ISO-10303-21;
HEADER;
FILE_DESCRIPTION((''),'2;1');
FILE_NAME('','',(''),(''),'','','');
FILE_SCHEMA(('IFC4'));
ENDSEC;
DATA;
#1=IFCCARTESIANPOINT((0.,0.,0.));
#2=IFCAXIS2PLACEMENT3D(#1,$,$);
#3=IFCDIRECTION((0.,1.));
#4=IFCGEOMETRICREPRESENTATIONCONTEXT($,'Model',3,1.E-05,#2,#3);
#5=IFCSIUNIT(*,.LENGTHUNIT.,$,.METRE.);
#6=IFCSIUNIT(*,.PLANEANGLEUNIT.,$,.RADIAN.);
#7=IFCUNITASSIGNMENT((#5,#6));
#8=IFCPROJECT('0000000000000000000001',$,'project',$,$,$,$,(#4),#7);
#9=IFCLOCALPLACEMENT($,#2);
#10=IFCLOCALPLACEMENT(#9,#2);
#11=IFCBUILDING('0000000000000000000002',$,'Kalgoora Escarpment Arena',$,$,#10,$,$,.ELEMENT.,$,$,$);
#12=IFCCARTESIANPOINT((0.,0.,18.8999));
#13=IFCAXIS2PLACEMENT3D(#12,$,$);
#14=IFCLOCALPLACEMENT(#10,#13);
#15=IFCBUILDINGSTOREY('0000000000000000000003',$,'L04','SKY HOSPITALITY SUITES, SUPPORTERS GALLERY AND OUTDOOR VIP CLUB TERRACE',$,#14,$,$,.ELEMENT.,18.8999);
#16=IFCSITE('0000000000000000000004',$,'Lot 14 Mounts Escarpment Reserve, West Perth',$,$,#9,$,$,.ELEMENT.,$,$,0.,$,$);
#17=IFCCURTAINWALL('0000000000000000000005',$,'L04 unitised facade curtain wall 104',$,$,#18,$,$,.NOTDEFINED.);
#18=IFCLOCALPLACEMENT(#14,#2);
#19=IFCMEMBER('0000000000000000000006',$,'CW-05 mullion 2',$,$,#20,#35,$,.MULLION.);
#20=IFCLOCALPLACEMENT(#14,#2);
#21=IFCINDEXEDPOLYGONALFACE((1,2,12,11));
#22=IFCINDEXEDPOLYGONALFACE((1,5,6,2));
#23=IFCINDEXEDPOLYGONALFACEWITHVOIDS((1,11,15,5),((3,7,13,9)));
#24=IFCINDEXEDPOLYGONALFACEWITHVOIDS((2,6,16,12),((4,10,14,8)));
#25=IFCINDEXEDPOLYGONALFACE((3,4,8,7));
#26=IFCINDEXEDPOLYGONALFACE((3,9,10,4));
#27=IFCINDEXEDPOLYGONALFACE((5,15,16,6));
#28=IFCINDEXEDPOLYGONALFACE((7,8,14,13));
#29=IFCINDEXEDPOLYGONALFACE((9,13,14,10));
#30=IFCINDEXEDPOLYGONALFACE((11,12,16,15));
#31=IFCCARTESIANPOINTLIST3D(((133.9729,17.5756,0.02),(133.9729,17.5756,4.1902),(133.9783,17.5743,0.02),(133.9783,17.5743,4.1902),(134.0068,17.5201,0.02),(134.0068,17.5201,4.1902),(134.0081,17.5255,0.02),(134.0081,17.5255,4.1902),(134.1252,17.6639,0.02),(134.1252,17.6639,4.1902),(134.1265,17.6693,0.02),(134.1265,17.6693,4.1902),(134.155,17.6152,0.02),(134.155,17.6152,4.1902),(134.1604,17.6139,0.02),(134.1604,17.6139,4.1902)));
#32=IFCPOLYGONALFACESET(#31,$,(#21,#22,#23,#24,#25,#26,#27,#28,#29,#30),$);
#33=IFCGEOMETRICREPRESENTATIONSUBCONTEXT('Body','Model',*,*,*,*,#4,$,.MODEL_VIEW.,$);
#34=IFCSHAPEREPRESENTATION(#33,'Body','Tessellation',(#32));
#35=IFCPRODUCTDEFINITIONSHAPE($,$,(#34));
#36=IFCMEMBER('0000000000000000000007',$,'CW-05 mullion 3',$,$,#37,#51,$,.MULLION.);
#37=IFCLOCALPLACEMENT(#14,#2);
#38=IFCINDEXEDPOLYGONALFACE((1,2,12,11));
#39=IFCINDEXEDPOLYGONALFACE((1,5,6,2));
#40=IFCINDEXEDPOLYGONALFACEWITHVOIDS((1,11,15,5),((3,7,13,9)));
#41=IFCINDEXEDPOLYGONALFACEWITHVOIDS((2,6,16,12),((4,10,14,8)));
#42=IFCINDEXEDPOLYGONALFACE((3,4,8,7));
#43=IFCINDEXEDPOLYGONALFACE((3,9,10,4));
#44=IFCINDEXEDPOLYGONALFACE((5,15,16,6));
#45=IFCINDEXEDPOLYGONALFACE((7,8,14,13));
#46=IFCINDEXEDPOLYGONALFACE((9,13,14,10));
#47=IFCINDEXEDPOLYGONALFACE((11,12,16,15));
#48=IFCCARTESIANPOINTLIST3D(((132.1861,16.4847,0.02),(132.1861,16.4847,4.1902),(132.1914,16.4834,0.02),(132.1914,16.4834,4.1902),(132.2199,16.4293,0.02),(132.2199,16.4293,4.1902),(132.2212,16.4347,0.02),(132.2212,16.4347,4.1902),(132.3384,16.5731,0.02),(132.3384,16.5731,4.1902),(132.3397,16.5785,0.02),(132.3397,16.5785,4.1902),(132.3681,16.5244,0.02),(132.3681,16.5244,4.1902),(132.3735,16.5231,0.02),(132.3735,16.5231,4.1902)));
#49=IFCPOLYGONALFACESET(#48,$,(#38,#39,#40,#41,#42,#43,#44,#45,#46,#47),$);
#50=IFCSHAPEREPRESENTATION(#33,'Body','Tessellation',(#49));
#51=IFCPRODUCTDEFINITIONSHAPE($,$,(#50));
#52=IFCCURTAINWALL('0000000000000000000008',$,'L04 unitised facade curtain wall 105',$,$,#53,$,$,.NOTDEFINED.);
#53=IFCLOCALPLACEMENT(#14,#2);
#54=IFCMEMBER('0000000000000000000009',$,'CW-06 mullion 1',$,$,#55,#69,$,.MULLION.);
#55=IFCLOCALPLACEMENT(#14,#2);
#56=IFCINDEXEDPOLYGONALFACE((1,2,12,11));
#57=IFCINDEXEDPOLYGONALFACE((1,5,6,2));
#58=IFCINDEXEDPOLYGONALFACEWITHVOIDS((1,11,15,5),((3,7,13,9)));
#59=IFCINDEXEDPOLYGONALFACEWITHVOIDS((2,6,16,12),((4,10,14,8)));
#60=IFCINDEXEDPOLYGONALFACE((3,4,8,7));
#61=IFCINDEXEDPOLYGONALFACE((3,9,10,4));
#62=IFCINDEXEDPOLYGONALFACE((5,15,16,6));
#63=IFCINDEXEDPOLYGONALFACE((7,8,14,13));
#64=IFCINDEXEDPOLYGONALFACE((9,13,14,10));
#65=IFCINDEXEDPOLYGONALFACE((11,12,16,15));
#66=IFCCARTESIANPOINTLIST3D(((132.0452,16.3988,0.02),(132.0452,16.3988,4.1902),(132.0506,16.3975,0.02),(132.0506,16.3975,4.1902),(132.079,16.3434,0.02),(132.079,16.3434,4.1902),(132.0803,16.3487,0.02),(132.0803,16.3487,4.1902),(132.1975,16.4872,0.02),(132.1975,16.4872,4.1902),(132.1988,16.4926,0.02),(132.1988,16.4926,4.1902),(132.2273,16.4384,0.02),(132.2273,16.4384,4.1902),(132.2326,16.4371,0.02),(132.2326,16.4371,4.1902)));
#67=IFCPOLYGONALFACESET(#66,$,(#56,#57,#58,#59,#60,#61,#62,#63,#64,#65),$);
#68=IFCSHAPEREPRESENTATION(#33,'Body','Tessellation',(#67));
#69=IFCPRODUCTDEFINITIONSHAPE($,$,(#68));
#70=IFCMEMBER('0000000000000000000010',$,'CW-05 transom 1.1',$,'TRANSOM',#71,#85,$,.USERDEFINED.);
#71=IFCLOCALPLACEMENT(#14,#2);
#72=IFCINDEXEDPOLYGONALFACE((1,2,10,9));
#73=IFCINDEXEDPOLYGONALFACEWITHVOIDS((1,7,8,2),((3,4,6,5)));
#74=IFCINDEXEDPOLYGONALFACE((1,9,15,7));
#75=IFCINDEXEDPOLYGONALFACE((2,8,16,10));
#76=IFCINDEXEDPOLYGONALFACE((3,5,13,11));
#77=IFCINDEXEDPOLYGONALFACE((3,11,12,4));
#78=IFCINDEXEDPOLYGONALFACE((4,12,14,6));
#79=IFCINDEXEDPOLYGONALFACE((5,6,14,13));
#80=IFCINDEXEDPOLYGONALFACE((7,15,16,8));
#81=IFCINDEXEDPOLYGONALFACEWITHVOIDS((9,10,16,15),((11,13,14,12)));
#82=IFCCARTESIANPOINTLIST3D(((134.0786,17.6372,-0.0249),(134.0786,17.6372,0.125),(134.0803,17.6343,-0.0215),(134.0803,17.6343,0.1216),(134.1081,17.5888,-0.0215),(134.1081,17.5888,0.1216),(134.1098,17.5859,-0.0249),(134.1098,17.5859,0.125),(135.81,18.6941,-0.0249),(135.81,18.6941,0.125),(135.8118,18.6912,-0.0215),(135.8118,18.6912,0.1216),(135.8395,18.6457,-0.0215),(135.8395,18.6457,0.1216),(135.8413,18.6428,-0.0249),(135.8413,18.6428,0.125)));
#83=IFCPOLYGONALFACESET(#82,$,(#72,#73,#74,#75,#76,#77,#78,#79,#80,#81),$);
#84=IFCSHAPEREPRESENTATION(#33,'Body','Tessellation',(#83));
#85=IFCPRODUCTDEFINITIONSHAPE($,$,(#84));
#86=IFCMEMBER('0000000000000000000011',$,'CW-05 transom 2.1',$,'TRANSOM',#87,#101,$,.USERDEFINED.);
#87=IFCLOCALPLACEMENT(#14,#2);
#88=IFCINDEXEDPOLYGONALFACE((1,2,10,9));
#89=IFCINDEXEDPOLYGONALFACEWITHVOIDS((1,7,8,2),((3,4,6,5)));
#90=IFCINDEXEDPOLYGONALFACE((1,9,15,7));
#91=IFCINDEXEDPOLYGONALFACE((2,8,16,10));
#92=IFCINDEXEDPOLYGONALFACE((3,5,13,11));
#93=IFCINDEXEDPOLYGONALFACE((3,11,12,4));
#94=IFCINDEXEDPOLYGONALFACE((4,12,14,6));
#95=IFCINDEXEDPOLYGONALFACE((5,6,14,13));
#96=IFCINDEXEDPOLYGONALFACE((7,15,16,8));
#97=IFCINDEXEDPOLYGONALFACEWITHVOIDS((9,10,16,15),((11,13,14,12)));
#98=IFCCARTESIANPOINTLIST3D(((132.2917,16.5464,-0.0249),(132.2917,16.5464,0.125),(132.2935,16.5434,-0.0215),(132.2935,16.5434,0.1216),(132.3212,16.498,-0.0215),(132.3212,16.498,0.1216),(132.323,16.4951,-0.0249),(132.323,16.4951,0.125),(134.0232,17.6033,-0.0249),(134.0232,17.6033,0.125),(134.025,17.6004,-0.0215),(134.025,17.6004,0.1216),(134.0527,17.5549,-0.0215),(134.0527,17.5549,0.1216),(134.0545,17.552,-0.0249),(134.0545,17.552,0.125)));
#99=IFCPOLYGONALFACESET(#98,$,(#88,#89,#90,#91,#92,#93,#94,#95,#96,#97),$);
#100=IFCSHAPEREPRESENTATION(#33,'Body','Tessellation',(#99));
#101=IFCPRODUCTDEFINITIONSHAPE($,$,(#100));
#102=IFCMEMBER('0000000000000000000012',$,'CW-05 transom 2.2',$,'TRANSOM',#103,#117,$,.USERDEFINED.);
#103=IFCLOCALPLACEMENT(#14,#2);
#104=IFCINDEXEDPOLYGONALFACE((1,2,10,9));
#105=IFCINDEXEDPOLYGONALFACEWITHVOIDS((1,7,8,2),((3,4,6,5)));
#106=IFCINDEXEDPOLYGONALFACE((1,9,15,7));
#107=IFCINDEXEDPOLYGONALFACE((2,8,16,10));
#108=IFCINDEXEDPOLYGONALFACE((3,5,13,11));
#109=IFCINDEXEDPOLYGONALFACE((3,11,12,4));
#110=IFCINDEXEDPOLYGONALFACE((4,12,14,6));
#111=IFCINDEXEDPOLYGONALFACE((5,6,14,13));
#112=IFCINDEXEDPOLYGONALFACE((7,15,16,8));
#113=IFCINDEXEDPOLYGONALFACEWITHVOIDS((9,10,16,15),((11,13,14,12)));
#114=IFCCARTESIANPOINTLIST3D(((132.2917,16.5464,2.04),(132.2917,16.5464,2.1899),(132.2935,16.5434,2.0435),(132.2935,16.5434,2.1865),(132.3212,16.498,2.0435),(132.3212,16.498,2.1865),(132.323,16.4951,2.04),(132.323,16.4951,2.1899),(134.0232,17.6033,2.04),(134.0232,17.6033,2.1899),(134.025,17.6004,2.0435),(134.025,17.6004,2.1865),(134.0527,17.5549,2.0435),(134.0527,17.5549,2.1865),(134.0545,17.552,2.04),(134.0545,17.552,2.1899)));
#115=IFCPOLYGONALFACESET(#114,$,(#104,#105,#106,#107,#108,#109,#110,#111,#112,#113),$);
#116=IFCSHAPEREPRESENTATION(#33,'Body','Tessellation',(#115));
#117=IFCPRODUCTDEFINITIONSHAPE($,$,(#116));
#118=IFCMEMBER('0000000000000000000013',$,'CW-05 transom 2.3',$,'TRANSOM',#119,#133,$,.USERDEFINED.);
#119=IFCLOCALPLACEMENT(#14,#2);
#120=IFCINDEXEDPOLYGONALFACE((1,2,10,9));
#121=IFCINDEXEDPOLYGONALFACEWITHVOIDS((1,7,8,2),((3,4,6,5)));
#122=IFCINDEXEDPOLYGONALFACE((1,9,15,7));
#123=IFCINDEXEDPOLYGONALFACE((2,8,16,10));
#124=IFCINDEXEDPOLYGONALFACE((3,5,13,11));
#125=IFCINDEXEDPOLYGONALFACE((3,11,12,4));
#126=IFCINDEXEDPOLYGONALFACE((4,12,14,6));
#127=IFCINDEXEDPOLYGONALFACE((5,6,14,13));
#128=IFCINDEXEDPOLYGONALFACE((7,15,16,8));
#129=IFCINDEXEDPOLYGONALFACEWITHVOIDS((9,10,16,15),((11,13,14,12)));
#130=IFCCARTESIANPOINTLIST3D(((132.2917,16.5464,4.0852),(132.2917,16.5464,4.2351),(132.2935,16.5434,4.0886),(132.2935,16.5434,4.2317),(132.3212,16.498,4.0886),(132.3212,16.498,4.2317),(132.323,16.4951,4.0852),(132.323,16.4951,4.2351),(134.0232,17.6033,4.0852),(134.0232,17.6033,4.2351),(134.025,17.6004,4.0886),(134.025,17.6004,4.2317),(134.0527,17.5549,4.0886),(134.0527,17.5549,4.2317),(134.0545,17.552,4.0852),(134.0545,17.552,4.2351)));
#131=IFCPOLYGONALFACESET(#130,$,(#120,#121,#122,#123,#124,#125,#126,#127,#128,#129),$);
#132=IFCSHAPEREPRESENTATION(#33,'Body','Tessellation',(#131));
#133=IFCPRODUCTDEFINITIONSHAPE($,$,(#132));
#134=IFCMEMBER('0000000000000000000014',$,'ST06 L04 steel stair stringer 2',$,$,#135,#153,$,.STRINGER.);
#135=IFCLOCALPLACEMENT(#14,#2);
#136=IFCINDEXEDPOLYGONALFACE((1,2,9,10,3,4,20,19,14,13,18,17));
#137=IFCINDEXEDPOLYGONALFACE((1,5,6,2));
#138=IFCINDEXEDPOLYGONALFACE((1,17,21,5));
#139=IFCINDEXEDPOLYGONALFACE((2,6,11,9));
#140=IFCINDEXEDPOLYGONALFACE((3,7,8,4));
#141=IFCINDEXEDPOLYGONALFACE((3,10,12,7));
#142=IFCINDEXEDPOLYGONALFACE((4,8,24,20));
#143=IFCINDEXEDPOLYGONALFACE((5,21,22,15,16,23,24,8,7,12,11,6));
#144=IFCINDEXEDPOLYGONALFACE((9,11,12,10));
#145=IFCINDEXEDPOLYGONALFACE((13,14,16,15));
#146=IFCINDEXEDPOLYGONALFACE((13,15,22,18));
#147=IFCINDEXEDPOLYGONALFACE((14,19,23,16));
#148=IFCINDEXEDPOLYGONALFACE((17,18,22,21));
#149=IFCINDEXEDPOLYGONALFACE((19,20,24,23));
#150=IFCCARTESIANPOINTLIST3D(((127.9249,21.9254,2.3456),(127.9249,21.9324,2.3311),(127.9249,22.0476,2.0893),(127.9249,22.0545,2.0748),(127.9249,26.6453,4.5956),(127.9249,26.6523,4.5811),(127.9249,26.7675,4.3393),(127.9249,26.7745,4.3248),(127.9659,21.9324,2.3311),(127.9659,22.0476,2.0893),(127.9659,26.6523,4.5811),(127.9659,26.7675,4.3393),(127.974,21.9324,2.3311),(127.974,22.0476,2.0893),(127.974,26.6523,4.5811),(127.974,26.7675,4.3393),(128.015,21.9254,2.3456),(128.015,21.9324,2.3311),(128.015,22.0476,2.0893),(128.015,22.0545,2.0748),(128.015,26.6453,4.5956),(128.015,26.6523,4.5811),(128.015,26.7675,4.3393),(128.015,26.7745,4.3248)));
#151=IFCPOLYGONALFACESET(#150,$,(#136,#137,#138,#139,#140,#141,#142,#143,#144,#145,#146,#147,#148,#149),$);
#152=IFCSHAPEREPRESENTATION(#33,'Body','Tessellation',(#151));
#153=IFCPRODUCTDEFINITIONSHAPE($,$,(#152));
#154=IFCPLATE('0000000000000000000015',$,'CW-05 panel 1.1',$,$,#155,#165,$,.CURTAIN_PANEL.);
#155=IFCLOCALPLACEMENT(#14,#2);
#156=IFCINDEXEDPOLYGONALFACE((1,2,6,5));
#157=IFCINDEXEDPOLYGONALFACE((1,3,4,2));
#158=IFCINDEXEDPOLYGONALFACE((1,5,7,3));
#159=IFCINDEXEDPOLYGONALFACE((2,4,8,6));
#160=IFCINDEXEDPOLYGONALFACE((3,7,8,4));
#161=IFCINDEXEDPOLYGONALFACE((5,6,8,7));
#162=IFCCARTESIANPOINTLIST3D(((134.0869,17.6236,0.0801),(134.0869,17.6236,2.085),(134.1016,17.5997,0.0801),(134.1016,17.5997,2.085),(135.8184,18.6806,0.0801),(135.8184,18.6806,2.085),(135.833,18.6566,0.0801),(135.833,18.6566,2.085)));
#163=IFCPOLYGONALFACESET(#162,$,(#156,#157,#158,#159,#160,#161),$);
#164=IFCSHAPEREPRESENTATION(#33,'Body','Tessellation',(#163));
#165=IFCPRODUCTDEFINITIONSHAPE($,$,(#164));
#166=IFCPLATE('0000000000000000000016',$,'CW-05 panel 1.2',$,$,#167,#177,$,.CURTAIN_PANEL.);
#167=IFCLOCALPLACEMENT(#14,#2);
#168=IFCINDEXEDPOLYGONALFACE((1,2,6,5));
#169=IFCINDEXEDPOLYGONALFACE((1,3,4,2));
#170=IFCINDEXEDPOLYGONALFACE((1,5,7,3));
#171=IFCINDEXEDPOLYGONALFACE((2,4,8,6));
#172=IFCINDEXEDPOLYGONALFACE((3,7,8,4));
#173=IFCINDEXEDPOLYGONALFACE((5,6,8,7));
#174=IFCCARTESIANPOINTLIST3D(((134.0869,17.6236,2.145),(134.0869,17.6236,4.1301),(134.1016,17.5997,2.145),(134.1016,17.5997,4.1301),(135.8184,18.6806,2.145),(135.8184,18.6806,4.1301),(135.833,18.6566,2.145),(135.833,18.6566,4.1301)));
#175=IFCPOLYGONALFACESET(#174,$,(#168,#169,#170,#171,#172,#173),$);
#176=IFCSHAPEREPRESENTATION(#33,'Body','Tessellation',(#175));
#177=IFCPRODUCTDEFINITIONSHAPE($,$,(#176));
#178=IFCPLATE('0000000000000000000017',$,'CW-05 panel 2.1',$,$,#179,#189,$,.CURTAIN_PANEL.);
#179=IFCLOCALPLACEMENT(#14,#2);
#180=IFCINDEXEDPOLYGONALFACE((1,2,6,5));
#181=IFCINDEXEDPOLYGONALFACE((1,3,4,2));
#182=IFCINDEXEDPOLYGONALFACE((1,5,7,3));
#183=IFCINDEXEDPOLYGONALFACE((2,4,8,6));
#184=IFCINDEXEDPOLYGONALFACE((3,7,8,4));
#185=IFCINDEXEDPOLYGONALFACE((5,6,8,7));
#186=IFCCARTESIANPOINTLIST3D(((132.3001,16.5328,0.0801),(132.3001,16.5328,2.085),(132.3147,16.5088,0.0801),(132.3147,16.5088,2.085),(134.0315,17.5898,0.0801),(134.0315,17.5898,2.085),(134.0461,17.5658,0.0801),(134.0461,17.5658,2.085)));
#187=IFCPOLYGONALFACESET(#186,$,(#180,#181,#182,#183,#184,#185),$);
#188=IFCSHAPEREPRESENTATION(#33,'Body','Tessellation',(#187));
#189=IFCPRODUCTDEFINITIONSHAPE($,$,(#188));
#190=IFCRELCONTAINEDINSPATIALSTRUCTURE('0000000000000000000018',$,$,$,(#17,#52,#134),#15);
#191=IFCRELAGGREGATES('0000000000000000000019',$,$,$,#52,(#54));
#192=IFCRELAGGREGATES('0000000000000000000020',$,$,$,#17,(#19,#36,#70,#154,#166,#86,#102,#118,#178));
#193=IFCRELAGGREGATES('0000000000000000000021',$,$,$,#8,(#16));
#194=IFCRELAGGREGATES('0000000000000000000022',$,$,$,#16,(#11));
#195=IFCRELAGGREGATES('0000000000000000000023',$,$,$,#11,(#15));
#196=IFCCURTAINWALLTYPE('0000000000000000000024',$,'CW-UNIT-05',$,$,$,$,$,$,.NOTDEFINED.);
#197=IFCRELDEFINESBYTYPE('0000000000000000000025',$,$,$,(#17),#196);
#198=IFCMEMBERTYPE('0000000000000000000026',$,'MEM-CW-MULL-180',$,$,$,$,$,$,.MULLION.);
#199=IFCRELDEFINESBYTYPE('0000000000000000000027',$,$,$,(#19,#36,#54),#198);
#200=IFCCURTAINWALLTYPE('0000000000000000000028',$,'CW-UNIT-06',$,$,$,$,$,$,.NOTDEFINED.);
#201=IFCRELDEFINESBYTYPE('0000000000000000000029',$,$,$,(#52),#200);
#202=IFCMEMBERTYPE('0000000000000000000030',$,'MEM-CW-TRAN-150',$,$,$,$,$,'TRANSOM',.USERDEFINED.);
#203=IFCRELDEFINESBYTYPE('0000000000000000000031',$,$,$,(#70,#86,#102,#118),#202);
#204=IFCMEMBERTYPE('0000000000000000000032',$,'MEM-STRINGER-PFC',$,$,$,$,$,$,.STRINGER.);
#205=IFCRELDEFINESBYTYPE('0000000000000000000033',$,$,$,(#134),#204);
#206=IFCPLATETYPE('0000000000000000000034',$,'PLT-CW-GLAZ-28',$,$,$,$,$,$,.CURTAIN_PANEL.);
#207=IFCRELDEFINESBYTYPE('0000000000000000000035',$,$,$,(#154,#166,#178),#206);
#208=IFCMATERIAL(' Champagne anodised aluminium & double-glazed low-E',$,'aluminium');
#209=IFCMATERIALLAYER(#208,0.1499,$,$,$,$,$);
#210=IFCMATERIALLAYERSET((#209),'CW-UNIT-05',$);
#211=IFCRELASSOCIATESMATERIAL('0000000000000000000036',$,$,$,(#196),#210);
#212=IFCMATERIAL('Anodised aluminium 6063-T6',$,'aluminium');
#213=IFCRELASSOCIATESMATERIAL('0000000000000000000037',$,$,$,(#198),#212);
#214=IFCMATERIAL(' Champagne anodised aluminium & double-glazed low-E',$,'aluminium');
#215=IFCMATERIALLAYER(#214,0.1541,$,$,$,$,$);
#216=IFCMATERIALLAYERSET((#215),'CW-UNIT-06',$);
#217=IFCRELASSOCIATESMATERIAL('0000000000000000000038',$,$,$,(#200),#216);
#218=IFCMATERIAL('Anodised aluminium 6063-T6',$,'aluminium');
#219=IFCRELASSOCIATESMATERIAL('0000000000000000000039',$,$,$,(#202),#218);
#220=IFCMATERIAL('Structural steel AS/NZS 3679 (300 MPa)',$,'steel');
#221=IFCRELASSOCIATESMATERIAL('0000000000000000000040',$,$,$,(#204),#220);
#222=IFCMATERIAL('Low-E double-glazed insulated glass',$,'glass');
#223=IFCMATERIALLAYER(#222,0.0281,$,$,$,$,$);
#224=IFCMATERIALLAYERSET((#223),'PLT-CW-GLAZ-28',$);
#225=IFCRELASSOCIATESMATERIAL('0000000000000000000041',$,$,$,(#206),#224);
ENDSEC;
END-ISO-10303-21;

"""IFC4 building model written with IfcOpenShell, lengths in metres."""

from ifc_helpers import new_model, si_unit, direction, frame, origin, origin_2d, place, context, subcontext, project, spatial, rectangle, hollow_rectangle, i_section, extrude, material, layer, layer_set, material_profile, profile_set, type_object, element, aggregate, save


model = new_model("IFC4")

# Units and contexts
model_context = context("Model", 3, precision=1e-05, world=origin(), true_north=direction((0.0, 1.0)))
body_context = subcontext(model_context, "Body", "Model", "MODEL_VIEW")
ifc_project = project(units=[si_unit("LENGTHUNIT", "METRE"), si_unit("PLANEANGLEUNIT", "RADIAN")], contexts=[model_context])

# Site, building, storey
site_placement = place(None, origin())
site = spatial("IfcSite", under=ifc_project, at=site_placement, Name="Lot 14 Mounts Escarpment Reserve, West Perth", CompositionType="ELEMENT", RefElevation=0.0)
building_placement = place(site_placement, origin())
building = spatial("IfcBuilding", under=site, at=building_placement, Name="Kalgoora Escarpment Arena", CompositionType="ELEMENT")
storey_placement = place(building_placement, frame((0.0, 0.0, 18.8999)))
storey = spatial("IfcBuildingStorey", under=building, at=storey_placement, Name="L04", Description="SKY HOSPITALITY SUITES, SUPPORTERS GALLERY AND OUTDOOR VIP CLUB TERRACE", CompositionType="ELEMENT", Elevation=18.8999)

# Curtain wall, members
ifc_material_1 = material(Name=" Champagne anodised aluminium & double-glazed low-E", Category="aluminium")
ifc_layer_1 = layer(ifc_material_1, 0.1499)
ifc_layer_set_1 = layer_set([ifc_layer_1], Name="CW-UNIT-05")
curtain_wall_type_1 = type_object("IfcCurtainWallType", Name="CW-UNIT-05", PredefinedType="NOTDEFINED", material=ifc_layer_set_1)
curtain_wall_1_placement = place(storey_placement, origin())
curtain_wall_1 = element("IfcCurtainWall", 1, at=curtain_wall_1_placement, inside=storey, type_object=curtain_wall_type_1, Name="L04 unitised facade curtain wall 104", PredefinedType="NOTDEFINED")
ifc_material_2 = material(Name="Anodised aluminium 6063-T6", Category="aluminium")
ifc_material_profile_1 = material_profile(ifc_material_2, hollow_rectangle(XDim=0.0649, YDim=0.1799, WallThickness=0.0039, at=origin_2d()))
ifc_profile_set_1 = profile_set([ifc_material_profile_1], Name="Anodised aluminium 6063-T6")
member_type_1 = type_object("IfcMemberType", Name="MEM-CW-MULL-180", PredefinedType="MULLION", material=ifc_profile_set_1)
member_1_placement = place(storey_placement, frame((134.0667, 17.5947, 0.02), z_axis=(0.0, 0.0, 1.0), x_axis=(0.521049, -0.853527, 0.0)))
member_1 = element("IfcMember", 2, at=member_1_placement, type_object=member_type_1, Name="CW-05 mullion 2", PredefinedType="MULLION", context=body_context, shape_type="SweptSolid", body=[
    extrude(hollow_rectangle(XDim=0.0649, YDim=0.1799, WallThickness=0.0039, at=origin_2d()), origin(), (0.0, 0.0, 1.0), 4.1702),
])
member_2_placement = place(storey_placement, frame((132.2798, 16.5039, 0.02), z_axis=(0.0, 0.0, 1.0), x_axis=(0.521049, -0.853527, 0.0)))
member_2 = element("IfcMember", 3, at=member_2_placement, type_object=member_type_1, Name="CW-05 mullion 3", PredefinedType="MULLION", context=body_context, shape_type="SweptSolid", body=[
    extrude(hollow_rectangle(XDim=0.0649, YDim=0.1799, WallThickness=0.0039, at=origin_2d()), origin(), (0.0, 0.0, 1.0), 4.1702),
])

# Curtain wall, member
ifc_material_3 = material(Name=" Champagne anodised aluminium & double-glazed low-E", Category="aluminium")
ifc_layer_2 = layer(ifc_material_3, 0.1541)
ifc_layer_set_2 = layer_set([ifc_layer_2], Name="CW-UNIT-06")
curtain_wall_type_2 = type_object("IfcCurtainWallType", Name="CW-UNIT-06", PredefinedType="NOTDEFINED", material=ifc_layer_set_2)
curtain_wall_2_placement = place(storey_placement, origin())
curtain_wall_2 = element("IfcCurtainWall", 4, at=curtain_wall_2_placement, inside=storey, type_object=curtain_wall_type_2, Name="L04 unitised facade curtain wall 105", PredefinedType="NOTDEFINED")
member_3_placement = place(storey_placement, frame((132.1389, 16.418, 0.02), z_axis=(0.0, 0.0, 1.0), x_axis=(0.521059, -0.853521, 0.0)))
member_3 = element("IfcMember", 5, at=member_3_placement, type_object=member_type_1, Name="CW-06 mullion 1", PredefinedType="MULLION", context=body_context, shape_type="SweptSolid", body=[
    extrude(hollow_rectangle(XDim=0.0649, YDim=0.1799, WallThickness=0.0039, at=origin_2d()), origin(), (0.0, 0.0, 1.0), 4.1702),
])
aggregate(curtain_wall_2, [member_3])

# Members
ifc_material_4 = material(Name="Anodised aluminium 6063-T6", Category="aluminium")
ifc_material_profile_2 = material_profile(ifc_material_4, hollow_rectangle(XDim=0.0601, YDim=0.1499, WallThickness=0.0034, at=origin_2d()))
ifc_profile_set_2 = profile_set([ifc_material_profile_2], Name="Anodised aluminium 6063-T6")
member_type_2 = type_object("IfcMemberType", Name="MEM-CW-TRAN-150", ElementType="TRANSOM", PredefinedType="USERDEFINED", material=ifc_profile_set_2)
member_4_placement = place(storey_placement, frame((135.8257, 18.6685, 0.05), z_axis=(-0.853549, -0.521012, 0.0), x_axis=(0.521012, -0.853549, 0.0)))
member_4 = element("IfcMember", 6, at=member_4_placement, type_object=member_type_2, Name="CW-05 transom 1.1", ObjectType="TRANSOM", PredefinedType="USERDEFINED", context=body_context, shape_type="SweptSolid", body=[
    extrude(hollow_rectangle(XDim=0.0601, YDim=0.1499, WallThickness=0.0034, at=origin_2d()), origin(), (0.0, 0.0, 1.0), 2.0286),
])
member_5_placement = place(storey_placement, frame((134.0388, 17.5776, 0.05), z_axis=(-0.853549, -0.521012, 0.0), x_axis=(0.521012, -0.853549, 0.0)))
member_5 = element("IfcMember", 7, at=member_5_placement, type_object=member_type_2, Name="CW-05 transom 2.1", ObjectType="TRANSOM", PredefinedType="USERDEFINED", context=body_context, shape_type="SweptSolid", body=[
    extrude(hollow_rectangle(XDim=0.0601, YDim=0.1499, WallThickness=0.0034, at=origin_2d()), origin(), (0.0, 0.0, 1.0), 2.0286),
])
member_6_placement = place(storey_placement, frame((134.0388, 17.5776, 2.115), z_axis=(-0.853549, -0.521012, 0.0), x_axis=(0.521012, -0.853549, 0.0)))
member_6 = element("IfcMember", 8, at=member_6_placement, type_object=member_type_2, Name="CW-05 transom 2.2", ObjectType="TRANSOM", PredefinedType="USERDEFINED", context=body_context, shape_type="SweptSolid", body=[
    extrude(hollow_rectangle(XDim=0.0601, YDim=0.1499, WallThickness=0.0034, at=origin_2d()), origin(), (0.0, 0.0, 1.0), 2.0286),
])
member_7_placement = place(storey_placement, frame((134.0388, 17.5776, 4.1602), z_axis=(-0.853549, -0.521012, 0.0), x_axis=(0.521012, -0.853549, 0.0)))
member_7 = element("IfcMember", 9, at=member_7_placement, type_object=member_type_2, Name="CW-05 transom 2.3", ObjectType="TRANSOM", PredefinedType="USERDEFINED", context=body_context, shape_type="SweptSolid", body=[
    extrude(hollow_rectangle(XDim=0.0601, YDim=0.1499, WallThickness=0.0034, at=origin_2d()), origin(), (0.0, 0.0, 1.0), 2.0286),
])
ifc_material_5 = material(Name="Structural steel AS/NZS 3679 (300 MPa)", Category="steel")
ifc_material_profile_3 = material_profile(ifc_material_5, i_section(OverallWidth=0.0901, OverallDepth=0.3, WebThickness=0.0081, FlangeThickness=0.0161, at=origin_2d()))
ifc_profile_set_3 = profile_set([ifc_material_profile_3], Name="Structural steel AS/NZS 3679 (300 MPa)")
member_type_3 = type_object("IfcMemberType", Name="MEM-STRINGER-PFC", PredefinedType="STRINGER", material=ifc_profile_set_3)
member_8_placement = place(storey_placement, frame((127.97, 21.99, 2.2102), z_axis=(0.0, 0.902683, 0.430307), x_axis=(-1.0, 0.0, 0.0)))
element("IfcMember", 10, at=member_8_placement, inside=storey, type_object=member_type_3, Name="ST06 L04 steel stair stringer 2", PredefinedType="STRINGER", context=body_context, shape_type="SweptSolid", body=[
    extrude(i_section(OverallWidth=0.0901, OverallDepth=0.3, WebThickness=0.0081, FlangeThickness=0.0161, at=origin_2d()), origin(), (0.0, 0.0, 1.0), 5.2288),
])

# Plates
ifc_material_6 = material(Name="Low-E double-glazed insulated glass", Category="glass")
ifc_layer_3 = layer(ifc_material_6, 0.0281)
ifc_layer_set_3 = layer_set([ifc_layer_3], Name="PLT-CW-GLAZ-28")
plate_type = type_object("IfcPlateType", Name="PLT-CW-GLAZ-28", PredefinedType="CURTAIN_PANEL", material=ifc_layer_set_3)
plate_1_placement = place(storey_placement, frame((134.96, 18.1401, 0.0801), z_axis=(0.0, 0.0, 1.0), x_axis=(-0.853527, -0.521049, 0.0)))
plate_1 = element("IfcPlate", 11, at=plate_1_placement, type_object=plate_type, Name="CW-05 panel 1.1", PredefinedType="CURTAIN_PANEL", context=body_context, shape_type="SweptSolid", body=[
    extrude(rectangle(XDim=2.0286, YDim=0.0281, at=origin_2d()), origin(), (0.0, 0.0, 1.0), 2.0049),
])
plate_2_placement = place(storey_placement, frame((134.96, 18.1401, 2.145), z_axis=(0.0, 0.0, 1.0), x_axis=(-0.853527, -0.521049, 0.0)))
plate_2 = element("IfcPlate", 12, at=plate_2_placement, type_object=plate_type, Name="CW-05 panel 1.2", PredefinedType="CURTAIN_PANEL", context=body_context, shape_type="SweptSolid", body=[
    extrude(rectangle(XDim=2.0286, YDim=0.0281, at=origin_2d()), origin(), (0.0, 0.0, 1.0), 1.9851),
])
plate_3_placement = place(storey_placement, frame((133.1731, 17.0493, 0.0801), z_axis=(0.0, 0.0, 1.0), x_axis=(-0.853527, -0.521049, 0.0)))
plate_3 = element("IfcPlate", 13, at=plate_3_placement, type_object=plate_type, Name="CW-05 panel 2.1", PredefinedType="CURTAIN_PANEL", context=body_context, shape_type="SweptSolid", body=[
    extrude(rectangle(XDim=2.0286, YDim=0.0281, at=origin_2d()), origin(), (0.0, 0.0, 1.0), 2.0049),
])
aggregate(curtain_wall_1, [member_1, member_2, member_4, plate_1, plate_2, member_5, member_6, member_7, plate_3])

save(model, "model.ifc")
